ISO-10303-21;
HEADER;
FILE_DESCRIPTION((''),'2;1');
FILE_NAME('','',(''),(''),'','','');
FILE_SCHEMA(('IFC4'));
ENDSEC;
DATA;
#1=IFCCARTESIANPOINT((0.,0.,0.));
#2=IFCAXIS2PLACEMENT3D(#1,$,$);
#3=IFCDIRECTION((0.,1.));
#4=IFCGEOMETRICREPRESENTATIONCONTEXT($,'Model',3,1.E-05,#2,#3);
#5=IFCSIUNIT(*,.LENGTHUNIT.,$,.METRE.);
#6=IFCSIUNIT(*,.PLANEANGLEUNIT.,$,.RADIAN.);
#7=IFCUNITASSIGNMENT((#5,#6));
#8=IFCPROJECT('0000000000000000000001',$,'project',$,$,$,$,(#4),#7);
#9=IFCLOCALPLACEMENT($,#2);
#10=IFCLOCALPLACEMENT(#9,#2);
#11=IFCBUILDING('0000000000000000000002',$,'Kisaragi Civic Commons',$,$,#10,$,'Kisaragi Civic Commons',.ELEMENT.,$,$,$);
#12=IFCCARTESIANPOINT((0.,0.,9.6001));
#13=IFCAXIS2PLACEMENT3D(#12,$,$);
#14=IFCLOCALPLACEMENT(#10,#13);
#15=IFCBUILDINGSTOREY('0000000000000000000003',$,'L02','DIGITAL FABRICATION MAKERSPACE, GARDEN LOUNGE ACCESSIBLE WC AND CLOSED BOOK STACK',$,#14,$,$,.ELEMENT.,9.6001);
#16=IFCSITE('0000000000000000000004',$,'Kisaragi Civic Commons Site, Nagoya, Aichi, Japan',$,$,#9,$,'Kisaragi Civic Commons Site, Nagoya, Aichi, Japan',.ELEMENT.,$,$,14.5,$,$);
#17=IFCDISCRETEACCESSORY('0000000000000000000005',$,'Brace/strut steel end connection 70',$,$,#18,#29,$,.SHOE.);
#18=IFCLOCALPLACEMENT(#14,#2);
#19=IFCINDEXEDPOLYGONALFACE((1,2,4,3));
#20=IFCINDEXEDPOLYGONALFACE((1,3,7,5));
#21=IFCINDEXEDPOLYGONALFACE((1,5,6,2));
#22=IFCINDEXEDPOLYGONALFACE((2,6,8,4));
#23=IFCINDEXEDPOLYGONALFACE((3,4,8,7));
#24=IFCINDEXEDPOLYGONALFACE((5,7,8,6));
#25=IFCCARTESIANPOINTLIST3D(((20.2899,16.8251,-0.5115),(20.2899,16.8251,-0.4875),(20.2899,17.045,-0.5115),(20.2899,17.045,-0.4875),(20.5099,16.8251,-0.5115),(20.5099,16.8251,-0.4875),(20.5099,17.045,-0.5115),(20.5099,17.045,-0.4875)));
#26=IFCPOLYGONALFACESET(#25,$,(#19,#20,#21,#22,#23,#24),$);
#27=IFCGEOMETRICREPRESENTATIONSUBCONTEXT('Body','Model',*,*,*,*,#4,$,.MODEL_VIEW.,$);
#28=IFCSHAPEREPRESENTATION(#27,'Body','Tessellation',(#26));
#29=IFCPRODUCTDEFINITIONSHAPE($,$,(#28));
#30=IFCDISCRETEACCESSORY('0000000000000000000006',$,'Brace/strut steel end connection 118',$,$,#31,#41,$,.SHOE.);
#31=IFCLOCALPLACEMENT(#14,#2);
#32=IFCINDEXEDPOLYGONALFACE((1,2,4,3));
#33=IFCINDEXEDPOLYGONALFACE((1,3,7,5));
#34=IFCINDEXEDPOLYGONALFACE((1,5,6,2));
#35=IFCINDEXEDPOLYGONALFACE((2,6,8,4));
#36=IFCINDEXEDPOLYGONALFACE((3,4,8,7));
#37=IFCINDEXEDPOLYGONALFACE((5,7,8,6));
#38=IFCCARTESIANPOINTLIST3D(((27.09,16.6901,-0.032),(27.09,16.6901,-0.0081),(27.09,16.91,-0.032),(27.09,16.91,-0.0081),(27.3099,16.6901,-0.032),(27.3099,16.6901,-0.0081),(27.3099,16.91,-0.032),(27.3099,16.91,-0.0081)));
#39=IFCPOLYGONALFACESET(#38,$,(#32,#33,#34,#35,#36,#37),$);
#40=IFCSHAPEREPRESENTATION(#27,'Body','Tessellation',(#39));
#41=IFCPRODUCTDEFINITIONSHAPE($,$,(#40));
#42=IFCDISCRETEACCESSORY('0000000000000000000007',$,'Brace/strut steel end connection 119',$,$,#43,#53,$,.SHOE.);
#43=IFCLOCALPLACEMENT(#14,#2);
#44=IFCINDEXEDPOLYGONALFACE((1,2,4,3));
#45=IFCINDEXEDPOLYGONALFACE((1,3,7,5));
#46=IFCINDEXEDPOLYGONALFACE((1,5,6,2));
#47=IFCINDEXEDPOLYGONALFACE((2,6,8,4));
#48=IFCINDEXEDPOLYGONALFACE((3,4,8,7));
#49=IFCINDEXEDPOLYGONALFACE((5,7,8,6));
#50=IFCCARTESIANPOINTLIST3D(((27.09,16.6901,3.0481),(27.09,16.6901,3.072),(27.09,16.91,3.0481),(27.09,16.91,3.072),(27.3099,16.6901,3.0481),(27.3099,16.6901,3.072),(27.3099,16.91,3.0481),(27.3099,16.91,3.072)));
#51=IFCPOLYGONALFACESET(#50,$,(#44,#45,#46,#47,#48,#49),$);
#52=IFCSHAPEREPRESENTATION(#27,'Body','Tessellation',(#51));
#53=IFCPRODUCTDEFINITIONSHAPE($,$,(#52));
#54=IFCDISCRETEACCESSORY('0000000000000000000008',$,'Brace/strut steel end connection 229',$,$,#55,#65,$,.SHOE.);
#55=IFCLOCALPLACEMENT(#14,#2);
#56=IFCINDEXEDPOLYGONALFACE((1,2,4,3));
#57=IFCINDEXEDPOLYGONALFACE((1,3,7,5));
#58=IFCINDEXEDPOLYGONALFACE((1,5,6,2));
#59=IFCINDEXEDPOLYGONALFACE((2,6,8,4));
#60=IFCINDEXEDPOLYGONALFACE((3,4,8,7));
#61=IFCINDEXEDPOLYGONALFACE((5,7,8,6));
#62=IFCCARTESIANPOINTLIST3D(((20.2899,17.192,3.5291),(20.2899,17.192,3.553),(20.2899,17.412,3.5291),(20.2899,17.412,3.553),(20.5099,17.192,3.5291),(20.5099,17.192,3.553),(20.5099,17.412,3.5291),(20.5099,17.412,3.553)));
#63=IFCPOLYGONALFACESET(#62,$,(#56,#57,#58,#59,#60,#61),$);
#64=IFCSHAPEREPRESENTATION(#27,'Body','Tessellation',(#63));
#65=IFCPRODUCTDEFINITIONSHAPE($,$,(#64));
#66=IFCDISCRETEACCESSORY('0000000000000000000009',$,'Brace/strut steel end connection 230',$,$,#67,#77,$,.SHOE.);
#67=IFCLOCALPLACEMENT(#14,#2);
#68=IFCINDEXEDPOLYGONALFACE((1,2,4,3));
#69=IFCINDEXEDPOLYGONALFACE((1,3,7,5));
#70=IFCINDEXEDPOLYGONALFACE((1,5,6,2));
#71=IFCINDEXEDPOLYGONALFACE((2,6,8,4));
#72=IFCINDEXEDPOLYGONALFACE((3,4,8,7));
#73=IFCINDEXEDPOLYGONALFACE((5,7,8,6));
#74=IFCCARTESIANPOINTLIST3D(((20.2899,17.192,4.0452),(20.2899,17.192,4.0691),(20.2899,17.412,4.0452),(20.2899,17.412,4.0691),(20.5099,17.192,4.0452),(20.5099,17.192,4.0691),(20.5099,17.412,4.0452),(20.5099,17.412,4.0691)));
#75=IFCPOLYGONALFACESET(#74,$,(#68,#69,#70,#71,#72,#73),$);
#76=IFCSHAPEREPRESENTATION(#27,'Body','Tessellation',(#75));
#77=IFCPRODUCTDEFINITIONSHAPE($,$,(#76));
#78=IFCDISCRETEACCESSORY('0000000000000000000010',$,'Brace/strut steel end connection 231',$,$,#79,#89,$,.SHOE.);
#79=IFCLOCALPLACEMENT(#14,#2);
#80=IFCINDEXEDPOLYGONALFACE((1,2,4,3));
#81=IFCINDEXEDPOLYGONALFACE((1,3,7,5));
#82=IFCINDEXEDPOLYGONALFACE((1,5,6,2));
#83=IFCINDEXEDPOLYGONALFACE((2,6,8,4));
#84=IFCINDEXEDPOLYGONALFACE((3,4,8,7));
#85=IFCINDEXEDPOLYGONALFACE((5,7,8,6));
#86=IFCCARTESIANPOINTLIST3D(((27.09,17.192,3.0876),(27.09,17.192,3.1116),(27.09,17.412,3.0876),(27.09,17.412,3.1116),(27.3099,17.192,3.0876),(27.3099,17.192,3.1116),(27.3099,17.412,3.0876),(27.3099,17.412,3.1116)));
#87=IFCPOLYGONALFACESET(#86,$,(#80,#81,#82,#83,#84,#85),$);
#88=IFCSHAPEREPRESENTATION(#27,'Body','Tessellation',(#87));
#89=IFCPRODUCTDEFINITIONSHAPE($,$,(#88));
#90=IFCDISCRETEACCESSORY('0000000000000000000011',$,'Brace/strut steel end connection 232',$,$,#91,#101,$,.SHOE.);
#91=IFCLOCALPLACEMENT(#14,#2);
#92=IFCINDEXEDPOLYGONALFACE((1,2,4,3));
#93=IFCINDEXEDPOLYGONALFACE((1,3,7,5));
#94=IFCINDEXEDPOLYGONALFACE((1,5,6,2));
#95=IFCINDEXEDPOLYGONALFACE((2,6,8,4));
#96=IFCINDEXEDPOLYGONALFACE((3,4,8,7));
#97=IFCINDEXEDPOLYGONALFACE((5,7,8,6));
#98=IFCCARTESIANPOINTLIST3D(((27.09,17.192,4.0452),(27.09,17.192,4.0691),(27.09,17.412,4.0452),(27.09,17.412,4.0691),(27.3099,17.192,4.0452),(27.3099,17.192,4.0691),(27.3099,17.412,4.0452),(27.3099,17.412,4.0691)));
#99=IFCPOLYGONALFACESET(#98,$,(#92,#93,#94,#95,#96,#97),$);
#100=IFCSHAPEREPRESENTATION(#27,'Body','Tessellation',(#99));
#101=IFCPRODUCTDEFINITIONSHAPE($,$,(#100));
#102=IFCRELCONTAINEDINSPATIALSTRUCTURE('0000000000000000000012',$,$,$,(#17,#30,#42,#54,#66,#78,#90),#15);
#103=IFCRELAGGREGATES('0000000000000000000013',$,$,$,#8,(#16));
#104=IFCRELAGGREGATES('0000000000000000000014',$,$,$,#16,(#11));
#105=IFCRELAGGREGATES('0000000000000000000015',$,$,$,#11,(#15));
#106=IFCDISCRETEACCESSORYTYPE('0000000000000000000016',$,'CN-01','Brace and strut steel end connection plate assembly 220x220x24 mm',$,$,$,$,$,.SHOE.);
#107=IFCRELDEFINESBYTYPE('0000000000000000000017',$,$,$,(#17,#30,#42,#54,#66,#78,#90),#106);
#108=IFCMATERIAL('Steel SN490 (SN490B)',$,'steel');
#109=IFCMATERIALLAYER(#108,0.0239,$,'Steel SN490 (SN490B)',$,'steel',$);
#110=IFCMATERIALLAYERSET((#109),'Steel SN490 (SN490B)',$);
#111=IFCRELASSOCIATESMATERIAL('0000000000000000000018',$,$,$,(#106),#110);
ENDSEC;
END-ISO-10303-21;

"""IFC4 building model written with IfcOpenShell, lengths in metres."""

from ifc_helpers import new_model, si_unit, direction, frame, origin, origin_2d, place, context, subcontext, project, spatial, rectangle, extrude, material, layer, layer_set, type_object, element, save


model = new_model("IFC4")

# Units and contexts
model_context = context("Model", 3, precision=1e-05, world=origin(), true_north=direction((0.0, 1.0)))
body_context = subcontext(model_context, "Body", "Model", "MODEL_VIEW")
ifc_project = project(units=[si_unit("LENGTHUNIT", "METRE"), si_unit("PLANEANGLEUNIT", "RADIAN")], contexts=[model_context])

# Site, building, storey
site_placement = place(None, origin())
site = spatial("IfcSite", under=ifc_project, at=site_placement, Name="Kisaragi Civic Commons Site, Nagoya, Aichi, Japan", LongName="Kisaragi Civic Commons Site, Nagoya, Aichi, Japan", CompositionType="ELEMENT", RefElevation=14.5)
building_placement = place(site_placement, origin())
building = spatial("IfcBuilding", under=site, at=building_placement, Name="Kisaragi Civic Commons", LongName="Kisaragi Civic Commons", CompositionType="ELEMENT")
storey_placement = place(building_placement, frame((0.0, 0.0, 9.6001)))
storey = spatial("IfcBuildingStorey", under=building, at=storey_placement, Name="L02", Description="DIGITAL FABRICATION MAKERSPACE, GARDEN LOUNGE ACCESSIBLE WC AND CLOSED BOOK STACK", CompositionType="ELEMENT", Elevation=9.6001)

# Shared definitions
ifc_material_1 = material(Name="Steel SN490 (SN490B)", Category="steel")

# Discrete accessories
ifc_layer_1 = layer(ifc_material_1, 0.0239, Name="Steel SN490 (SN490B)", Category="steel")
ifc_layer_set_1 = layer_set([ifc_layer_1], Name="Steel SN490 (SN490B)")
discrete_accessory_type = type_object("IfcDiscreteAccessoryType", Name="CN-01", Description="Brace and strut steel end connection plate assembly 220x220x24 mm", PredefinedType="SHOE", material=ifc_layer_set_1)
for number, where, z_axis, x_axis, name in (
    (1, (20.3999, 16.9351, -0.5115), (0.0, 0.0, 1.0), (1.0, 0.0, 0.0), "Brace/strut steel end connection 70"),
    (2, (27.2, 16.8, -0.032), (0.0, 0.0, 1.0), (1.0, 0.0, 0.0), "Brace/strut steel end connection 118"),
    (3, (27.2, 16.8, 3.0481), (0.0, 0.0, 1.0), (1.0, 0.0, 0.0), "Brace/strut steel end connection 119"),
    (4, (20.3999, 17.302, 3.5291), (0.0, 0.0, 1.0), (1.0, 0.0, 0.0), "Brace/strut steel end connection 229"),
    (5, (20.3999, 17.302, 4.0452), (0.0, 0.0, 1.0), (1.0, 0.0, 0.0), "Brace/strut steel end connection 230"),
    (6, (27.2, 17.302, 3.0876), (0.0, 0.0, 1.0), (1.0, 0.0, 0.0), "Brace/strut steel end connection 231"),
    (7, (27.2, 17.302, 4.0452), (0.0, 0.0, 1.0), (1.0, 0.0, 0.0), "Brace/strut steel end connection 232"),
):
    element("IfcDiscreteAccessory", number, at=place(storey_placement, frame(where, z_axis=z_axis, x_axis=x_axis)), inside=storey, type_object=discrete_accessory_type, Name=name, PredefinedType="SHOE", context=body_context, shape_type="SweptSolid", body=[
        extrude(rectangle(XDim=0.22, YDim=0.22, at=origin_2d()), origin(), (0.0, 0.0, 1.0), 0.0239),
    ])

save(model, "model.ifc")
